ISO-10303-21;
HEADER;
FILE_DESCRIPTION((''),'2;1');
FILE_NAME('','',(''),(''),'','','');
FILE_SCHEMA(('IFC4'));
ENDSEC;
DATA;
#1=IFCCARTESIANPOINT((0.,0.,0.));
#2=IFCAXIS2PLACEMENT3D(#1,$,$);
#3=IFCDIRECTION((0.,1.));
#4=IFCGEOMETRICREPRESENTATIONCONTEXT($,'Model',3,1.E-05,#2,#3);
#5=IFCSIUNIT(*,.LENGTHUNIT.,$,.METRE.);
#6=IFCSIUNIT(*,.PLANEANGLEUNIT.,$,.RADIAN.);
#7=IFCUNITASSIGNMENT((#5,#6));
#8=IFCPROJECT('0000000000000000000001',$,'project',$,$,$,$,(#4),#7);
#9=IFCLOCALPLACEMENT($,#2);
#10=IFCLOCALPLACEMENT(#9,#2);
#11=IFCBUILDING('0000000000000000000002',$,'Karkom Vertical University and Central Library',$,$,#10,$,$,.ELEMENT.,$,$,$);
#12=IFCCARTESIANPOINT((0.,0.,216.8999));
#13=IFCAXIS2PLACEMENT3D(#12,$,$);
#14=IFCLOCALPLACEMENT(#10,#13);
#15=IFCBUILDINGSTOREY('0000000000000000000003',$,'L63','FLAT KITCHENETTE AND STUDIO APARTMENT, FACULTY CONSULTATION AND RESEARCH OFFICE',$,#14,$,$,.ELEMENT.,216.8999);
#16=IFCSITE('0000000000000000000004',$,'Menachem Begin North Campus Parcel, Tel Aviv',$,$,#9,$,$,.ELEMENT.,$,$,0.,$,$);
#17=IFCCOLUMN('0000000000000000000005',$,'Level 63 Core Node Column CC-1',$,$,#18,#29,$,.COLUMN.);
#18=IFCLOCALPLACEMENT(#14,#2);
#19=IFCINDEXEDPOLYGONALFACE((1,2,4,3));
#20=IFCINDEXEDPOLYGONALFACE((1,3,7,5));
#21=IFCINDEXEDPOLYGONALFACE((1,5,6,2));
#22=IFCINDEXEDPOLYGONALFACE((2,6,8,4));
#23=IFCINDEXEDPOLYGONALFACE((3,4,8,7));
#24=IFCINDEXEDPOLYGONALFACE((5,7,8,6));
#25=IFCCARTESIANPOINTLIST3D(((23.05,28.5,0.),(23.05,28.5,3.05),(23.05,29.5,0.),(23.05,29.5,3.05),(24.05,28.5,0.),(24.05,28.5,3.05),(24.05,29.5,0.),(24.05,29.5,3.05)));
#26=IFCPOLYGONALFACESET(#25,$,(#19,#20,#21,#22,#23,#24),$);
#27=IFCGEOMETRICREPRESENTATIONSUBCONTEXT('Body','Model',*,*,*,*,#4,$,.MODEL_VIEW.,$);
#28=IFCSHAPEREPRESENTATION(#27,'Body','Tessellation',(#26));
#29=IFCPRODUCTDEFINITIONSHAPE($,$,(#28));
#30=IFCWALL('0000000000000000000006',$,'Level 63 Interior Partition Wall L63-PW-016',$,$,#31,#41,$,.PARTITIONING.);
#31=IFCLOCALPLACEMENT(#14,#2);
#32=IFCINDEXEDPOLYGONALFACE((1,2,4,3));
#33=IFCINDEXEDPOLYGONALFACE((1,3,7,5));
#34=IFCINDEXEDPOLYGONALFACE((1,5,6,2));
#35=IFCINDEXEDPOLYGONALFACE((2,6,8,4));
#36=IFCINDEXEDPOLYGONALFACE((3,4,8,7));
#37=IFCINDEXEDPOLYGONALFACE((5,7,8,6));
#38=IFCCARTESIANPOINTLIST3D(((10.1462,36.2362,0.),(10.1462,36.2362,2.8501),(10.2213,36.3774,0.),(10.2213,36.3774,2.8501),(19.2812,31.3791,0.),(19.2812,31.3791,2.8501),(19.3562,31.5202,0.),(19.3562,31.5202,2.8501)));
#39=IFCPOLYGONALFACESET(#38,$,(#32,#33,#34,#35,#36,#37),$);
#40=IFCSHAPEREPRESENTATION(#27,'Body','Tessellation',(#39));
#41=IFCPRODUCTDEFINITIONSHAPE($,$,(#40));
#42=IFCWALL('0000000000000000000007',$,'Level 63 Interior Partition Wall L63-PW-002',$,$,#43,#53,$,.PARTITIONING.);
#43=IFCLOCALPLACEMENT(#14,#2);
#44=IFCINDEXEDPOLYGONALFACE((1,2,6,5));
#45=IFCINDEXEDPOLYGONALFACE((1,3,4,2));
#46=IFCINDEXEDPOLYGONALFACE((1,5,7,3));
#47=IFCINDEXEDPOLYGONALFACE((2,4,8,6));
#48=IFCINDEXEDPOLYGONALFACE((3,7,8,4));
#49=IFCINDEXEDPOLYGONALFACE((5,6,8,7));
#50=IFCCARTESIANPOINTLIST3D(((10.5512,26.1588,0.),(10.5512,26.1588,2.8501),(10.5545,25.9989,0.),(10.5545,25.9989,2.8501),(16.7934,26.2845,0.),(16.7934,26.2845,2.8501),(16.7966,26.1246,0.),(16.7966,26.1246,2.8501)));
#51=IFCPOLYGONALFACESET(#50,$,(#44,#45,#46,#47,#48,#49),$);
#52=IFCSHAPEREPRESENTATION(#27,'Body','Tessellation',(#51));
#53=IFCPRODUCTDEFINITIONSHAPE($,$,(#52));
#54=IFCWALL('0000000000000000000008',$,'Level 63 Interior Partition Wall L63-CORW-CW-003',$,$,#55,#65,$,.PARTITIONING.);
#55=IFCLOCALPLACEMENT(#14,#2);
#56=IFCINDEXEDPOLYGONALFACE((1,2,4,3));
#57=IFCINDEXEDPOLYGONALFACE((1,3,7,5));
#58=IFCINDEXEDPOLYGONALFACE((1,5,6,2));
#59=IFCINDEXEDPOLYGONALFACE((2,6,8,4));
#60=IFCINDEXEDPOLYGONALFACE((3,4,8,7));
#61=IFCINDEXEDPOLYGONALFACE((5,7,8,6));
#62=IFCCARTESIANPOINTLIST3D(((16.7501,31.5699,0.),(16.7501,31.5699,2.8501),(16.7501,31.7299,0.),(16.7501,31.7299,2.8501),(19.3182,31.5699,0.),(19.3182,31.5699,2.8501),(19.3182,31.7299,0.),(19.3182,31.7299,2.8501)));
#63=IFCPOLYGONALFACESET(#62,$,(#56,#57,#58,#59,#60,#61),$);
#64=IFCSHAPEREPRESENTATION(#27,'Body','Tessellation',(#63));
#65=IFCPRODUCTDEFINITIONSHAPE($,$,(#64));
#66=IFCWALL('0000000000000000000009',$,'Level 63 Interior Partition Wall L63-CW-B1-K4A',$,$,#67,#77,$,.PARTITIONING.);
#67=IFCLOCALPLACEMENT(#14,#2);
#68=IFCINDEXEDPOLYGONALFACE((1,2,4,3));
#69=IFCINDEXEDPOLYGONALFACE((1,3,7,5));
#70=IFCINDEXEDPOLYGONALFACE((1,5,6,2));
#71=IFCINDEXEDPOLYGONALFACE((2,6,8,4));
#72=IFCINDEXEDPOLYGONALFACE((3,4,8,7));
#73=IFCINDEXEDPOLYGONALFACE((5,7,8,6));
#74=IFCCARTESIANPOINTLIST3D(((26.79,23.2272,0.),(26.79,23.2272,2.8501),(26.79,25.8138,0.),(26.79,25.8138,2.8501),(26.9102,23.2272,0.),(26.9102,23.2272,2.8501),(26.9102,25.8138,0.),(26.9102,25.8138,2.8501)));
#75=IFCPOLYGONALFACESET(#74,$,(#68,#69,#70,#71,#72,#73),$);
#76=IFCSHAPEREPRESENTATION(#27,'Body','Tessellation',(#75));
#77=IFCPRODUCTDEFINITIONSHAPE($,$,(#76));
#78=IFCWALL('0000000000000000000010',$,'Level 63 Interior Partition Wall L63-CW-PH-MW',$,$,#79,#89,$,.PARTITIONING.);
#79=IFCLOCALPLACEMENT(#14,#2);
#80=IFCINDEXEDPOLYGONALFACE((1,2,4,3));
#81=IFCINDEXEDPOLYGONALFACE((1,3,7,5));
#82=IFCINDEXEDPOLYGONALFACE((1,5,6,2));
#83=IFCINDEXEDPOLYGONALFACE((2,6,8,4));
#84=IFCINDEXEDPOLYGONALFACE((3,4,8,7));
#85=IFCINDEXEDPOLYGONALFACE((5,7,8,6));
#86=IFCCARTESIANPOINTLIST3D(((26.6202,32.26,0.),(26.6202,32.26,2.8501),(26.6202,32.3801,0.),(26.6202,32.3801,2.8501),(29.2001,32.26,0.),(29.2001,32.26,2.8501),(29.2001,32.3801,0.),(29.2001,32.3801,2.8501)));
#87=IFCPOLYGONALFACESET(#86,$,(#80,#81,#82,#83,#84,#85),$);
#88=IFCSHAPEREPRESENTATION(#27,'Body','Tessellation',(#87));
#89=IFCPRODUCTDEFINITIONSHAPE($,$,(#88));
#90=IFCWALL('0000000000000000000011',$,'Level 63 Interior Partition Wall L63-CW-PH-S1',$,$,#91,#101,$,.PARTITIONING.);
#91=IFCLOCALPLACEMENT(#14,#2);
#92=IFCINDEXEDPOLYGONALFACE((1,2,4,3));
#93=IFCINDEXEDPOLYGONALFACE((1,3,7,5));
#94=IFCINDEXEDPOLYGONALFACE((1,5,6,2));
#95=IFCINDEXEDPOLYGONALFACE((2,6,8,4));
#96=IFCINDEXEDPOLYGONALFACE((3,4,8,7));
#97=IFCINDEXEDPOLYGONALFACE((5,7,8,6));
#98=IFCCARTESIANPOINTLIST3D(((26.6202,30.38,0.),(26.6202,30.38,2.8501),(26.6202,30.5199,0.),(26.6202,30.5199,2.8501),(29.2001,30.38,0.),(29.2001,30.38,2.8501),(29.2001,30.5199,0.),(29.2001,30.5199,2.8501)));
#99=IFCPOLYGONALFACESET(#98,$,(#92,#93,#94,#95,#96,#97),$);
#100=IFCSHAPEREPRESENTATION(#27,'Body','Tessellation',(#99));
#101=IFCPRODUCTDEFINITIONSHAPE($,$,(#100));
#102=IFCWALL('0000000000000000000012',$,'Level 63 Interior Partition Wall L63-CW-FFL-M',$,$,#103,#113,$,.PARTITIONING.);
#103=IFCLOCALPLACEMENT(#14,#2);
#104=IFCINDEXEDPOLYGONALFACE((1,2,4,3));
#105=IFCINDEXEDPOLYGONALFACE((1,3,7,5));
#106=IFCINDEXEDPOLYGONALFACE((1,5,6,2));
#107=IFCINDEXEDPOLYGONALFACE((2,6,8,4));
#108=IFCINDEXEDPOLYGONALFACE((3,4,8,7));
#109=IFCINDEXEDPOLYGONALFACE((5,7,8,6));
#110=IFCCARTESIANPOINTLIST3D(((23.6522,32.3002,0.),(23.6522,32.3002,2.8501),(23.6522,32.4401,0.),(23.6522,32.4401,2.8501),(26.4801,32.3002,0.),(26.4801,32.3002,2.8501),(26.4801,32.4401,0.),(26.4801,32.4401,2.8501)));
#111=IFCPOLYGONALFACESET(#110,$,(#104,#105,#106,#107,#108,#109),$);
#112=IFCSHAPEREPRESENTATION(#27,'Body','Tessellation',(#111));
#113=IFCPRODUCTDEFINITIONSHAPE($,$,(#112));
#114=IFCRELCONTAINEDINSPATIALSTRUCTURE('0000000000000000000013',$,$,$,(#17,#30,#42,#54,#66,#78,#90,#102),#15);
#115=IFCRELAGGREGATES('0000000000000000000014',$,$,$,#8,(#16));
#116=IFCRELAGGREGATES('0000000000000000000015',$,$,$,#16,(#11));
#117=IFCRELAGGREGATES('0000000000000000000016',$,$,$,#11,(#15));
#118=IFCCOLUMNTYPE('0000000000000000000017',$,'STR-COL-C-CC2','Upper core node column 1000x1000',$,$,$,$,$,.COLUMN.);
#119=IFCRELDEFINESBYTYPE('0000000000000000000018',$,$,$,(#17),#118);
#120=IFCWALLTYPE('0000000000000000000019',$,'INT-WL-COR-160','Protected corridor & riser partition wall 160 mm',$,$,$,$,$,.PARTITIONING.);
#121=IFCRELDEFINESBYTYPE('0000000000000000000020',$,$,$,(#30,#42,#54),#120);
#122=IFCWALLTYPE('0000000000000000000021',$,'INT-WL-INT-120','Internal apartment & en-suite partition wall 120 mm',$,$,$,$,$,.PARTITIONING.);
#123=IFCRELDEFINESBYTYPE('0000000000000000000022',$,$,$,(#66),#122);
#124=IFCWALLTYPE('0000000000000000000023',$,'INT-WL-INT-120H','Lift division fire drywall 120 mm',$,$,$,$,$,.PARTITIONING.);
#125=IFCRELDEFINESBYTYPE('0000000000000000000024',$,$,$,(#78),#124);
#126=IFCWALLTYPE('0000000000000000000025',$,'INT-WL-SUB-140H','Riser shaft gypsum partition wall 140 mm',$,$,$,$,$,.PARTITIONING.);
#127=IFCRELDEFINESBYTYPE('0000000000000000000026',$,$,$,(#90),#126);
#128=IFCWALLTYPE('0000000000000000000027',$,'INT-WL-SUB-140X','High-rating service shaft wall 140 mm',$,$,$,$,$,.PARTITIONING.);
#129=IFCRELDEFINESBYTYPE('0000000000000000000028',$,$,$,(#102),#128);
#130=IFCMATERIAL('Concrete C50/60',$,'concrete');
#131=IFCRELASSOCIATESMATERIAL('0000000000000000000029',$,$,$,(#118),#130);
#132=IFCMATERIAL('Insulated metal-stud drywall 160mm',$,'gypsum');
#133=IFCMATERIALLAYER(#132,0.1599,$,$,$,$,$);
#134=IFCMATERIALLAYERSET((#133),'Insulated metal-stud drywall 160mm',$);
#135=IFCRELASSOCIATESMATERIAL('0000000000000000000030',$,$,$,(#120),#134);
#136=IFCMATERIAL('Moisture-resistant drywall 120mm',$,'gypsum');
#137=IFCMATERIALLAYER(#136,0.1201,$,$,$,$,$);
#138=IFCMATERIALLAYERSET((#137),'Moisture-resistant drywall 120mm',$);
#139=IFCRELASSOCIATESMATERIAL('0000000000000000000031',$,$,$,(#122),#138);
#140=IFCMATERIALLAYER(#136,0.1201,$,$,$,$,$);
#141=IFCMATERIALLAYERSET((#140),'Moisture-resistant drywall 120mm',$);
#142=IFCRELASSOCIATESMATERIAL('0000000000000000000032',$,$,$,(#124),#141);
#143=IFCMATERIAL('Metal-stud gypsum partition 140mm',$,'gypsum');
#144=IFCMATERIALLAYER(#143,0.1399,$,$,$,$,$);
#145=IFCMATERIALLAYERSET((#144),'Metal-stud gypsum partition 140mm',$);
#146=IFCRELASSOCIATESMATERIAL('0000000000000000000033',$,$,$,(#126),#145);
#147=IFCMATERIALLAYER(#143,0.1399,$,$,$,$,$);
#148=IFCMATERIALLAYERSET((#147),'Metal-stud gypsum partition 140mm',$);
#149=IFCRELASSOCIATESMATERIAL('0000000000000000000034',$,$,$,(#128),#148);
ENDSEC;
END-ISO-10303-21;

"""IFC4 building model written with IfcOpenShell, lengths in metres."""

from ifc_helpers import new_model, si_unit, direction, frame, frame_2d, origin, origin_with_axes, origin_2d, place, context, subcontext, project, spatial, rectangle, extrude, source, transform, mapped, material, layer, layer_set, material_profile, profile_set, type_object, element, save


model = new_model("IFC4")

# Units and contexts
model_context = context("Model", 3, precision=1e-05, world=origin(), true_north=direction((0.0, 1.0)))
body_context = subcontext(model_context, "Body", "Model", "MODEL_VIEW")
ifc_project = project(units=[si_unit("LENGTHUNIT", "METRE"), si_unit("PLANEANGLEUNIT", "RADIAN")], contexts=[model_context])

# Site, building, storey
site_placement = place(None, origin())
site = spatial("IfcSite", under=ifc_project, at=site_placement, Name="Menachem Begin North Campus Parcel, Tel Aviv", CompositionType="ELEMENT", RefElevation=0.0)
building_placement = place(site_placement, origin())
building = spatial("IfcBuilding", under=site, at=building_placement, Name="Karkom Vertical University and Central Library", CompositionType="ELEMENT")
storey_placement = place(building_placement, frame((0.0, 0.0, 216.8999)))
storey = spatial("IfcBuildingStorey", under=building, at=storey_placement, Name="L63", Description="FLAT KITCHENETTE AND STUDIO APARTMENT, FACULTY CONSULTATION AND RESEARCH OFFICE", CompositionType="ELEMENT", Elevation=216.8999)

# Column
ifc_material_1 = material(Name="Concrete C50/60", Category="concrete")
ifc_material_profile = material_profile(ifc_material_1, rectangle(XDim=1.0, YDim=1.0, at=origin_2d()), Name="RC-1000x1000")
ifc_profile_set = profile_set([ifc_material_profile], Name="Concrete C50/60")
column_type = type_object("IfcColumnType", Name="STR-COL-C-CC2", Description="Upper core node column 1000x1000", PredefinedType="COLUMN", material=ifc_profile_set)
shared_shape_1 = source(origin_with_axes(), body_context, "Body", "SweptSolid", [
    extrude(rectangle(XDim=1.0, YDim=1.0, at=origin_2d()), origin(), (0.0, 0.0, 1.0), 3.05),
])
column_placement = place(storey_placement, frame((23.55, 29.0, 0.0), z_axis=(0.0, 0.0, 1.0), x_axis=(1.0, 0.0, 0.0)))
element("IfcColumn", 1, at=column_placement, inside=storey, type_object=column_type, Name="Level 63 Core Node Column CC-1", PredefinedType="COLUMN", context=body_context, shape_type="MappedRepresentation", body=[
    mapped(shared_shape_1, transform((0.0, 0.0, 0.0), scale=1.0)),
])

# Walls
ifc_material_2 = material(Name="Insulated metal-stud drywall 160mm", Category="gypsum")
ifc_layer_1 = layer(ifc_material_2, 0.1599)
ifc_layer_set_1 = layer_set([ifc_layer_1], Name="Insulated metal-stud drywall 160mm")
wall_type_1 = type_object("IfcWallType", Name="INT-WL-COR-160", Description="Protected corridor & riser partition wall 160 mm", PredefinedType="PARTITIONING", material=ifc_layer_set_1)
wall_1_placement = place(storey_placement, frame((19.3186, 31.4497, 0.0), z_axis=(0.0, 0.0, 1.0), x_axis=(-0.882947, 0.469472, 0.0)))
element("IfcWall", 2, at=wall_1_placement, inside=storey, type_object=wall_type_1, Name="Level 63 Interior Partition Wall L63-PW-016", PredefinedType="PARTITIONING", context=body_context, shape_type="SweptSolid", body=[
    extrude(rectangle(XDim=10.3459, YDim=0.1599, at=frame_2d((5.1729, 0.0))), origin(), (0.0, 0.0, 1.0), 2.8501),
])
wall_2_placement = place(storey_placement, frame((10.553, 26.0789, 0.0), z_axis=(0.0, 0.0, 1.0), x_axis=(0.999797, 0.020138, 0.0)))
element("IfcWall", 3, at=wall_2_placement, inside=storey, type_object=wall_type_1, Name="Level 63 Interior Partition Wall L63-PW-002", PredefinedType="PARTITIONING", context=body_context, shape_type="SweptSolid", body=[
    extrude(rectangle(XDim=6.2434, YDim=0.1599, at=frame_2d((3.1216, 0.0))), origin(), (0.0, 0.0, 1.0), 2.8501),
])
wall_3_placement = place(storey_placement, frame((16.75, 31.6499, 0.0), z_axis=(0.0, 0.0, 1.0), x_axis=(1.0, 0.0, 0.0)))
element("IfcWall", 4, at=wall_3_placement, inside=storey, type_object=wall_type_1, Name="Level 63 Interior Partition Wall L63-CORW-CW-003", PredefinedType="PARTITIONING", context=body_context, shape_type="SweptSolid", body=[
    extrude(rectangle(XDim=2.5681, YDim=0.1599, at=frame_2d((1.2842, 0.0))), origin(), (0.0, 0.0, 1.0), 2.8501),
])
ifc_material_3 = material(Name="Moisture-resistant drywall 120mm", Category="gypsum")
ifc_layer_2 = layer(ifc_material_3, 0.1201)
ifc_layer_set_2 = layer_set([ifc_layer_2], Name="Moisture-resistant drywall 120mm")
wall_type_2 = type_object("IfcWallType", Name="INT-WL-INT-120", Description="Internal apartment & en-suite partition wall 120 mm", PredefinedType="PARTITIONING", material=ifc_layer_set_2)
wall_4_placement = place(storey_placement, frame((26.8501, 23.2271, 0.0), z_axis=(0.0, 0.0, 1.0), x_axis=(0.0, 1.0, 0.0)))
element("IfcWall", 5, at=wall_4_placement, inside=storey, type_object=wall_type_2, Name="Level 63 Interior Partition Wall L63-CW-B1-K4A", PredefinedType="PARTITIONING", context=body_context, shape_type="SweptSolid", body=[
    extrude(rectangle(XDim=2.5867, YDim=0.1201, at=frame_2d((1.2935, 0.0))), origin(), (0.0, 0.0, 1.0), 2.8501),
])
ifc_layer_3 = layer(ifc_material_3, 0.1201)
ifc_layer_set_3 = layer_set([ifc_layer_3], Name="Moisture-resistant drywall 120mm")
wall_type_3 = type_object("IfcWallType", Name="INT-WL-INT-120H", Description="Lift division fire drywall 120 mm", PredefinedType="PARTITIONING", material=ifc_layer_set_3)
wall_5_placement = place(storey_placement, frame((26.6201, 32.3201, 0.0), z_axis=(0.0, 0.0, 1.0), x_axis=(1.0, 0.0, 0.0)))
element("IfcWall", 6, at=wall_5_placement, inside=storey, type_object=wall_type_3, Name="Level 63 Interior Partition Wall L63-CW-PH-MW", PredefinedType="PARTITIONING", context=body_context, shape_type="SweptSolid", body=[
    extrude(rectangle(XDim=2.5798, YDim=0.1201, at=frame_2d((1.29, 0.0))), origin(), (0.0, 0.0, 1.0), 2.8501),
])
ifc_material_4 = material(Name="Metal-stud gypsum partition 140mm", Category="gypsum")
ifc_layer_4 = layer(ifc_material_4, 0.1399)
ifc_layer_set_4 = layer_set([ifc_layer_4], Name="Metal-stud gypsum partition 140mm")
wall_type_4 = type_object("IfcWallType", Name="INT-WL-SUB-140H", Description="Riser shaft gypsum partition wall 140 mm", PredefinedType="PARTITIONING", material=ifc_layer_set_4)
wall_6_placement = place(storey_placement, frame((26.6201, 30.45, 0.0), z_axis=(0.0, 0.0, 1.0), x_axis=(1.0, 0.0, 0.0)))
element("IfcWall", 7, at=wall_6_placement, inside=storey, type_object=wall_type_4, Name="Level 63 Interior Partition Wall L63-CW-PH-S1", PredefinedType="PARTITIONING", context=body_context, shape_type="SweptSolid", body=[
    extrude(rectangle(XDim=2.5798, YDim=0.1399, at=frame_2d((1.29, 0.0))), origin(), (0.0, 0.0, 1.0), 2.8501),
])
ifc_layer_5 = layer(ifc_material_4, 0.1399)
ifc_layer_set_5 = layer_set([ifc_layer_5], Name="Metal-stud gypsum partition 140mm")
wall_type_5 = type_object("IfcWallType", Name="INT-WL-SUB-140X", Description="High-rating service shaft wall 140 mm", PredefinedType="PARTITIONING", material=ifc_layer_set_5)
wall_7_placement = place(storey_placement, frame((23.6521, 32.3701, 0.0), z_axis=(0.0, 0.0, 1.0), x_axis=(1.0, 0.0, 0.0)))
element("IfcWall", 8, at=wall_7_placement, inside=storey, type_object=wall_type_5, Name="Level 63 Interior Partition Wall L63-CW-FFL-M", PredefinedType="PARTITIONING", context=body_context, shape_type="SweptSolid", body=[
    extrude(rectangle(XDim=2.8279, YDim=0.1399, at=frame_2d((1.4141, 0.0))), origin(), (0.0, 0.0, 1.0), 2.8501),
])

save(model, "model.ifc")
